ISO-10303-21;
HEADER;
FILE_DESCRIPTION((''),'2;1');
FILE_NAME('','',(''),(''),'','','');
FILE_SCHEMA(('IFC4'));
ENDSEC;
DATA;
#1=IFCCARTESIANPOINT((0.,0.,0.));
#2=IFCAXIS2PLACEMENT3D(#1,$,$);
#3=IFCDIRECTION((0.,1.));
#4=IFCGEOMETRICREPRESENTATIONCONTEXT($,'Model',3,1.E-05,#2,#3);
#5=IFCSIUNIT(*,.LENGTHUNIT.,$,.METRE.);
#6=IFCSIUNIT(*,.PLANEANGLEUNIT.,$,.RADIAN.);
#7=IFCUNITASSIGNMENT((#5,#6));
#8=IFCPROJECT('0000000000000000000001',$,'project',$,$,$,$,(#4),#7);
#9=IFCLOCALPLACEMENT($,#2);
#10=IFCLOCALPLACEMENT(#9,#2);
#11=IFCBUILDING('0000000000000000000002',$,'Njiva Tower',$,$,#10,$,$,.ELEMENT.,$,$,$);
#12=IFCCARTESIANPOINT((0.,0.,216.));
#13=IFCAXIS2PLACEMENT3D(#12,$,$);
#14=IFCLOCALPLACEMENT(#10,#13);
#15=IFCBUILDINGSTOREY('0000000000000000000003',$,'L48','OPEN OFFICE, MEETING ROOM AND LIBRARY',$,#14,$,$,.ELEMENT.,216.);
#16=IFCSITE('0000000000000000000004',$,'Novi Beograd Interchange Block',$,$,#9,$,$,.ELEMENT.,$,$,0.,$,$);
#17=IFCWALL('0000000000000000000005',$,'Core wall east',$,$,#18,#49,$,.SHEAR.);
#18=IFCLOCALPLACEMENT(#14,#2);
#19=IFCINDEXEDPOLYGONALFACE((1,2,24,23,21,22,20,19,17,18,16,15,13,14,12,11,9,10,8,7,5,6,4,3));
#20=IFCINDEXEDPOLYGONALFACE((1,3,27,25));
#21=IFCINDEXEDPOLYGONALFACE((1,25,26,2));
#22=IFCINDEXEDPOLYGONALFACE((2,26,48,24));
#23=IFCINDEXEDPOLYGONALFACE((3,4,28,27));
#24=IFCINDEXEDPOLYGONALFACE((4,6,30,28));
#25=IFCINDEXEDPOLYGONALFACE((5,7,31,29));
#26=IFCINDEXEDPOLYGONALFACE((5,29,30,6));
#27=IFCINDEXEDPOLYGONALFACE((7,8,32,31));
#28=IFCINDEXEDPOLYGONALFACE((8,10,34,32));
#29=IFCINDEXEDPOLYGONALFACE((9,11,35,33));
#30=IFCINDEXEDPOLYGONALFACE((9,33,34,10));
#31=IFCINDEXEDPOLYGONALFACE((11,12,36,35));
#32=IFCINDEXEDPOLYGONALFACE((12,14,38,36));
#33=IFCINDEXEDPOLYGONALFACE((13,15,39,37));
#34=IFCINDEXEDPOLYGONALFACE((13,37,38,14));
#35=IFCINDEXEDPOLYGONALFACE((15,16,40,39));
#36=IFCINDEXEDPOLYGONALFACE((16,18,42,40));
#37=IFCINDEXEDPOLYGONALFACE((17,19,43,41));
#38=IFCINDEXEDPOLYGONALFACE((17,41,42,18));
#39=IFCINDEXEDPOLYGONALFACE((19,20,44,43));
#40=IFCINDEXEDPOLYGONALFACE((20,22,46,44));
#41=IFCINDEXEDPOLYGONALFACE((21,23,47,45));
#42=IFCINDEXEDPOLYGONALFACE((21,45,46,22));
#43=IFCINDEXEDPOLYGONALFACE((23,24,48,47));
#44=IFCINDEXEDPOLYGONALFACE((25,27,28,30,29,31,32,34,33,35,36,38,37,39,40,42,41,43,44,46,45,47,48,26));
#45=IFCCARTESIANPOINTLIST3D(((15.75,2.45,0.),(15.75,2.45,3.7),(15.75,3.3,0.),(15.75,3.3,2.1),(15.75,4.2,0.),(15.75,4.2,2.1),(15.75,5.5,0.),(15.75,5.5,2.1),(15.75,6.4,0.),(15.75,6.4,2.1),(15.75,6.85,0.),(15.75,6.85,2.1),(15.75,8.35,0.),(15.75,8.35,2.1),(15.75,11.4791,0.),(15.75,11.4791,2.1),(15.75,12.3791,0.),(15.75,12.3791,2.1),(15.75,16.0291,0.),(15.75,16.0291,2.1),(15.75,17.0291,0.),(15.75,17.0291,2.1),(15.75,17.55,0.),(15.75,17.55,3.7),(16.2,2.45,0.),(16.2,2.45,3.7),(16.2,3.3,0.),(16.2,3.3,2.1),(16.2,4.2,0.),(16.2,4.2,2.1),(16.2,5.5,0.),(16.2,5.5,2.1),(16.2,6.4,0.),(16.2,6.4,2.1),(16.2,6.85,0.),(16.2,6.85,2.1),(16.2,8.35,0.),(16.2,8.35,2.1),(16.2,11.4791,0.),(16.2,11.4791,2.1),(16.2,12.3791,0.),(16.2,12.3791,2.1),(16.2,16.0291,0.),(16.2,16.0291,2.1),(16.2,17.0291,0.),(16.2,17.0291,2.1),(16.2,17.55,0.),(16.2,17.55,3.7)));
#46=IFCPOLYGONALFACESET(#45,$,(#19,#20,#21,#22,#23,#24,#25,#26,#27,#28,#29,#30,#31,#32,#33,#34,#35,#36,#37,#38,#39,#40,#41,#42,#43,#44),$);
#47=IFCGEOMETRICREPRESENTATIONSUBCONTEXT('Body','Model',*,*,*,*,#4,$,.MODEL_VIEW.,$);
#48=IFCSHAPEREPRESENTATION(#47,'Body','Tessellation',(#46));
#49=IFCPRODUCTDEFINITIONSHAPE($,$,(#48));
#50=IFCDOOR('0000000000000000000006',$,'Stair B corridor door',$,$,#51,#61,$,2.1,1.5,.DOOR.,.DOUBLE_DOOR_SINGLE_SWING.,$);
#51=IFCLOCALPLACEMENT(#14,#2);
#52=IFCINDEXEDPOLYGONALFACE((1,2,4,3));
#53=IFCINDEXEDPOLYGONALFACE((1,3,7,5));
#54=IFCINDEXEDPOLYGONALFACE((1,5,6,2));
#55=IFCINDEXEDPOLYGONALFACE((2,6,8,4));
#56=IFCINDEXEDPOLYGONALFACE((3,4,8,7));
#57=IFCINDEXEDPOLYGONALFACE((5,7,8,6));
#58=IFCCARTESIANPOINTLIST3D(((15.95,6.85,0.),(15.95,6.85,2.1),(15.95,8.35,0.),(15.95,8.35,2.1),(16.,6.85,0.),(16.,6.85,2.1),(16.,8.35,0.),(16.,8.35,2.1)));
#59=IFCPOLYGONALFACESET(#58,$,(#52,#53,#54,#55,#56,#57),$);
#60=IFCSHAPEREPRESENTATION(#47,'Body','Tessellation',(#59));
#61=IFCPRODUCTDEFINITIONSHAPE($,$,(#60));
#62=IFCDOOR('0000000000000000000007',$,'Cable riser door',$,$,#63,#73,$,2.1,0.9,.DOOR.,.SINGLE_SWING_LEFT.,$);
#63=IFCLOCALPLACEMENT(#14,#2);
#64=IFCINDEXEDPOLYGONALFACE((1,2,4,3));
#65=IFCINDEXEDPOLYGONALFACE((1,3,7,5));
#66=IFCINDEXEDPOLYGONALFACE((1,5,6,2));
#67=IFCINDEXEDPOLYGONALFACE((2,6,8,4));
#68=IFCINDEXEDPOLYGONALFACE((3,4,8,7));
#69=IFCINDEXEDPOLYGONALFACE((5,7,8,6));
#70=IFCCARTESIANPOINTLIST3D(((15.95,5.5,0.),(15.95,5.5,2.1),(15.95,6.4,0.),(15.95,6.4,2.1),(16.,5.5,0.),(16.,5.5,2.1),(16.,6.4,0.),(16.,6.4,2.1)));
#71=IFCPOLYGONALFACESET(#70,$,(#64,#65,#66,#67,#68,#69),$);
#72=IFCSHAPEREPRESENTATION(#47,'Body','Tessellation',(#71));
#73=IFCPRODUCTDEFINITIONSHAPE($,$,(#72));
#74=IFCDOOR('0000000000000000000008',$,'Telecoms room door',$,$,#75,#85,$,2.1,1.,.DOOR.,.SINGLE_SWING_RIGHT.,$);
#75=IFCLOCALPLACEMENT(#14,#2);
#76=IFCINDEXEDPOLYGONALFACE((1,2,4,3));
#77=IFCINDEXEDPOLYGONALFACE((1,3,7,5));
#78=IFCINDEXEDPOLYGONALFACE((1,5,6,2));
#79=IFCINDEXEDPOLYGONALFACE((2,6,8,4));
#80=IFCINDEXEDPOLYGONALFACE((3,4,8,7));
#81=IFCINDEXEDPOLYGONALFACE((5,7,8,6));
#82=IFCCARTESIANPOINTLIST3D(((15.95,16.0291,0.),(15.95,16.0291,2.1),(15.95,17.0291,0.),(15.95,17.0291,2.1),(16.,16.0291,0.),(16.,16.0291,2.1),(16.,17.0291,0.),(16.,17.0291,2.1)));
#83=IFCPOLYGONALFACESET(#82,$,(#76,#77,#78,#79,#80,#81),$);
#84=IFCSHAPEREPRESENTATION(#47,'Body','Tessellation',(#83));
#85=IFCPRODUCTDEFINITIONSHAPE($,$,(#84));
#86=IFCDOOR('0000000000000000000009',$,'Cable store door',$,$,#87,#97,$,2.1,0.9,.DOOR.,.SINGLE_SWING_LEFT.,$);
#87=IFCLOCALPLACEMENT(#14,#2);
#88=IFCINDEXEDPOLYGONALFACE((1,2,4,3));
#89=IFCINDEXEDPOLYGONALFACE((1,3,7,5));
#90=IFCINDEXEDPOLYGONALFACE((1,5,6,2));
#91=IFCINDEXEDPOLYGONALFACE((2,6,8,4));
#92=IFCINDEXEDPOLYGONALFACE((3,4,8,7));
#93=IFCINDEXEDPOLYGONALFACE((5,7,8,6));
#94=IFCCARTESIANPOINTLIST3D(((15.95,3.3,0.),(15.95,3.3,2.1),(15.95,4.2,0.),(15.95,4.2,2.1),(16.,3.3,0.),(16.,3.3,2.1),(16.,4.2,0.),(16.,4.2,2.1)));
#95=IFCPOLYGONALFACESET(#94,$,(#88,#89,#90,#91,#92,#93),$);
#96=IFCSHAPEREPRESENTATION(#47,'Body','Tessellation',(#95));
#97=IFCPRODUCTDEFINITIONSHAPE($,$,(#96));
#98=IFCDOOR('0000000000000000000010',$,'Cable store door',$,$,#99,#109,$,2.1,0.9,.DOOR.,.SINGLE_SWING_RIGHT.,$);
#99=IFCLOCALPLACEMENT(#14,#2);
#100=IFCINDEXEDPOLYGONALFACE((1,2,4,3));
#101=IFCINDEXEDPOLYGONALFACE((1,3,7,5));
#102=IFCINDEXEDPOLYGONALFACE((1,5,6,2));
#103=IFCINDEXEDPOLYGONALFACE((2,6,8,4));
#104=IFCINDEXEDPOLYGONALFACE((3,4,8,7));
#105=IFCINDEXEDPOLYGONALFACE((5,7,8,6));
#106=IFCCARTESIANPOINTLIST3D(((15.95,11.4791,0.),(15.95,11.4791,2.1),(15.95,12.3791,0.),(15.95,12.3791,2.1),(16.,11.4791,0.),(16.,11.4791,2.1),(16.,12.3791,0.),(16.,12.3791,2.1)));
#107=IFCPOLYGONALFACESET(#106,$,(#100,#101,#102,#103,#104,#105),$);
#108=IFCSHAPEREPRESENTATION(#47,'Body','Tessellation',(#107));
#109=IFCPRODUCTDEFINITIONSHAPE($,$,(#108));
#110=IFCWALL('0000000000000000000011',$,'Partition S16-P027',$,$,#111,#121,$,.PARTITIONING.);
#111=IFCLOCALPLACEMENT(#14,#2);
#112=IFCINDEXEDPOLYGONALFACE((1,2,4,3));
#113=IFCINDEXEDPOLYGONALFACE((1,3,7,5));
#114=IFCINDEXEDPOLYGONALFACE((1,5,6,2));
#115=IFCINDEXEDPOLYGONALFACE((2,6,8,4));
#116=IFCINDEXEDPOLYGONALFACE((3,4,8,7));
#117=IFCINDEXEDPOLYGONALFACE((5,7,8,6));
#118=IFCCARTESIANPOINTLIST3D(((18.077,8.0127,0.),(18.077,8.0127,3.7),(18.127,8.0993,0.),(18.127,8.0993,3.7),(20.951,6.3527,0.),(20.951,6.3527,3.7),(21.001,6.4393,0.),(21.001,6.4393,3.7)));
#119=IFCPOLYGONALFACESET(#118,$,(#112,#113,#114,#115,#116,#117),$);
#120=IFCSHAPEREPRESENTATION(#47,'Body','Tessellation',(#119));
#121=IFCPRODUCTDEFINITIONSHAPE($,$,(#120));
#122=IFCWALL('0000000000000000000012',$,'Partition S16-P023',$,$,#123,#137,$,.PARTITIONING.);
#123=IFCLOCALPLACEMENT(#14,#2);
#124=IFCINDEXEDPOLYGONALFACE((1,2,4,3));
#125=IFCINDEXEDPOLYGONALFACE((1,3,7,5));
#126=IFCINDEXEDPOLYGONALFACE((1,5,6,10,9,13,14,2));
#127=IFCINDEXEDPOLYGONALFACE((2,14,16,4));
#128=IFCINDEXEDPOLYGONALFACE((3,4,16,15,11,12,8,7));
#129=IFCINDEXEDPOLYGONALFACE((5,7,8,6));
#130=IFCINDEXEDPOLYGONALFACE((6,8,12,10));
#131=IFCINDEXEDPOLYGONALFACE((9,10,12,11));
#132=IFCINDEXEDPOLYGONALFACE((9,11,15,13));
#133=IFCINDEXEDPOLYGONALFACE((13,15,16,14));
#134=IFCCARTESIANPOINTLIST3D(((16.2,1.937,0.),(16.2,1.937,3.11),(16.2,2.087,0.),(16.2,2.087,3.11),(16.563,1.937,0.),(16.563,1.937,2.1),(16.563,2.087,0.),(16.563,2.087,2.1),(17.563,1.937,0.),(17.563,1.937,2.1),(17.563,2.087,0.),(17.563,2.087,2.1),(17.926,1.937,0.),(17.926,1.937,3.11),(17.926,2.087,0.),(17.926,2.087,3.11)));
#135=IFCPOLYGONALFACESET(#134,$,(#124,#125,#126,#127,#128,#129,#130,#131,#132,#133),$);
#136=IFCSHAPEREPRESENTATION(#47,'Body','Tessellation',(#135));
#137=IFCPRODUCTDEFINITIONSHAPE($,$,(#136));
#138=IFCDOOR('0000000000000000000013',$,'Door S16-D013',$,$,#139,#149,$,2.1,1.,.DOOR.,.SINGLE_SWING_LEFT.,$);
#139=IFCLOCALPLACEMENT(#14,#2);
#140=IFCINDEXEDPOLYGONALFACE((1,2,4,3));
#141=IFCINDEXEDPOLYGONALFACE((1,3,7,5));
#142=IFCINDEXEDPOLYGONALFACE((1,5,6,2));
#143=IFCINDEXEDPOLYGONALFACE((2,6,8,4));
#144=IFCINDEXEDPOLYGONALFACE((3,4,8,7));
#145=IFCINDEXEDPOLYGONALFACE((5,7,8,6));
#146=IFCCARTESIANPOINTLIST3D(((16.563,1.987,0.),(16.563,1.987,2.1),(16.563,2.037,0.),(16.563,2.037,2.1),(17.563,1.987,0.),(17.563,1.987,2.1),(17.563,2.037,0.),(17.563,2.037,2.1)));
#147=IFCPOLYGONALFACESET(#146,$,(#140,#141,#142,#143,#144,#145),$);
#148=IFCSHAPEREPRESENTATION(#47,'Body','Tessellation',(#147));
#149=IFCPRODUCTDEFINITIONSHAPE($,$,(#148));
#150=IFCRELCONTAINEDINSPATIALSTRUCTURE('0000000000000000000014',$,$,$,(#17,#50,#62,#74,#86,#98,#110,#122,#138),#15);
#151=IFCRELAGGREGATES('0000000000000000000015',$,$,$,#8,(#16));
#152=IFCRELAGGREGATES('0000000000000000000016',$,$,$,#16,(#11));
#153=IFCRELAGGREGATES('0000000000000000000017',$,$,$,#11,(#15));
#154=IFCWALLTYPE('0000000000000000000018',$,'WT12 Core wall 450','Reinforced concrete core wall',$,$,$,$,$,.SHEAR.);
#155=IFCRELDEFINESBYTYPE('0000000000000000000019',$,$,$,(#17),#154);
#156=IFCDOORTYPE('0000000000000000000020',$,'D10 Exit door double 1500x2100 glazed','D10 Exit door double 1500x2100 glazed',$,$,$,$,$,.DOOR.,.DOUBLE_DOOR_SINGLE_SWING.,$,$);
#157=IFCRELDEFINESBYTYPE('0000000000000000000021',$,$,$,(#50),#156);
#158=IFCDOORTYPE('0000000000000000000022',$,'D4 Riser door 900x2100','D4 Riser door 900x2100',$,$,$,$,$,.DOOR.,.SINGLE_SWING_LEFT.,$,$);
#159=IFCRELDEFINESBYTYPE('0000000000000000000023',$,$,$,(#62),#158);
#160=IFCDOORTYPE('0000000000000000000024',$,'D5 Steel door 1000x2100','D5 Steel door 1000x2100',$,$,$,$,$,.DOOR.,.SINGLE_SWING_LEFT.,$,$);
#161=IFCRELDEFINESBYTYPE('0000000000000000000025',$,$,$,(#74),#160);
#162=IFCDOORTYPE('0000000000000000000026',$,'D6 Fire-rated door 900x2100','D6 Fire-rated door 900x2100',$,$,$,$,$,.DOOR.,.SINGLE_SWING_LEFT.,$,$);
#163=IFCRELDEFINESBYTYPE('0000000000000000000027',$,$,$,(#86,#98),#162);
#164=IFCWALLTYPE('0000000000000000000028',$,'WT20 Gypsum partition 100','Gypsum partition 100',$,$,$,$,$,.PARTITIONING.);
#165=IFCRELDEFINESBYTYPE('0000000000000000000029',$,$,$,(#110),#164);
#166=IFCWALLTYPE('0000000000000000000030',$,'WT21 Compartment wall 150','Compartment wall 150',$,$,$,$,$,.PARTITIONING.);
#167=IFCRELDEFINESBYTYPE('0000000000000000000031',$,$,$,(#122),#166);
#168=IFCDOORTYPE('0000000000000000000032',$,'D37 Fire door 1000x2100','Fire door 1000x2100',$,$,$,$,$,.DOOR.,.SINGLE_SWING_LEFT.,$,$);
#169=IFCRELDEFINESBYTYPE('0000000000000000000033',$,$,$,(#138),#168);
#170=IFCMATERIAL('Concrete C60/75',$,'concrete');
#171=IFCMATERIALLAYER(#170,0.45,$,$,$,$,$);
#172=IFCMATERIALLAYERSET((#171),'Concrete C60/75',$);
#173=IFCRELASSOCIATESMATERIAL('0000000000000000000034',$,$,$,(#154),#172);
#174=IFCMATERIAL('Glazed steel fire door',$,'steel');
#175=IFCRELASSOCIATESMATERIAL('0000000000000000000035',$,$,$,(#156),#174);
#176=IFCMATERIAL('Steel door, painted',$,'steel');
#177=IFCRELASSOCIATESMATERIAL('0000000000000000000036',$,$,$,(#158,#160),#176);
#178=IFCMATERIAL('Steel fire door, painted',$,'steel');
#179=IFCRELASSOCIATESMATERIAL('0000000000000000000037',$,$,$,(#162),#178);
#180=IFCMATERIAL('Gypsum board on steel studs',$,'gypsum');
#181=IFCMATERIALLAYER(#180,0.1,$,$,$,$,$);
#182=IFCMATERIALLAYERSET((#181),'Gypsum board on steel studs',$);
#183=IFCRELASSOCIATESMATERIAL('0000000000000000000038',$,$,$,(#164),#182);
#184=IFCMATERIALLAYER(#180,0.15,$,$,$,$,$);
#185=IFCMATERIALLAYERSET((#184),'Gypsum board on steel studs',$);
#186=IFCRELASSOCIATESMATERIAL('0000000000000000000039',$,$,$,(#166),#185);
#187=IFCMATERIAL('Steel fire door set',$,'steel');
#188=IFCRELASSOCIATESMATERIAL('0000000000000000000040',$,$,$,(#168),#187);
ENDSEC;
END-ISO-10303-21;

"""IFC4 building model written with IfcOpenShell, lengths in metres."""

from ifc_helpers import new_model, si_unit, direction, frame, frame_2d, origin, place, context, subcontext, project, spatial, rectangle, extrude, material, layer, layer_set, type_object, element, fill, save


model = new_model("IFC4")

# Units and contexts
model_context = context("Model", 3, precision=1e-05, world=origin(), true_north=direction((0.0, 1.0)))
body_context = subcontext(model_context, "Body", "Model", "MODEL_VIEW")
ifc_project = project(units=[si_unit("LENGTHUNIT", "METRE"), si_unit("PLANEANGLEUNIT", "RADIAN")], contexts=[model_context])

# Site, building, storey
site_placement = place(None, origin())
site = spatial("IfcSite", under=ifc_project, at=site_placement, Name="Novi Beograd Interchange Block", CompositionType="ELEMENT", RefElevation=0.0)
building_placement = place(site_placement, origin())
building = spatial("IfcBuilding", under=site, at=building_placement, Name="Njiva Tower", CompositionType="ELEMENT")
storey_placement = place(building_placement, frame((0.0, 0.0, 216.0)))
storey = spatial("IfcBuildingStorey", under=building, at=storey_placement, Name="L48", Description="OPEN OFFICE, MEETING ROOM AND LIBRARY", CompositionType="ELEMENT", Elevation=216.0)

# Wall, openings, doors
ifc_material_1 = material(Name="Concrete C60/75", Category="concrete")
ifc_layer_1 = layer(ifc_material_1, 0.45)
ifc_layer_set_1 = layer_set([ifc_layer_1], Name="Concrete C60/75")
wall_type_1 = type_object("IfcWallType", Name="WT12 Core wall 450", Description="Reinforced concrete core wall", PredefinedType="SHEAR", material=ifc_layer_set_1)
wall_1_placement = place(storey_placement, frame((15.975, 2.45, 0.0), z_axis=(0.0, 0.0, 1.0), x_axis=(0.0, 1.0, 0.0)))
wall_1 = element("IfcWall", 1, at=wall_1_placement, inside=storey, type_object=wall_type_1, Name="Core wall east", PredefinedType="SHEAR", context=body_context, shape_type="SweptSolid", body=[
    extrude(rectangle(XDim=15.1, YDim=0.45, at=frame_2d((7.55, 0.0))), origin(), (0.0, 0.0, 1.0), 3.7),
])
opening_1_placement = place(wall_1_placement, frame((4.4, 0.0, 0.0)))
opening_1 = element("IfcOpeningElement", 2, at=opening_1_placement, cuts=wall_1, PredefinedType="OPENING", context=body_context, shape_type="SweptSolid", body=[
    extrude(rectangle(XDim=1.5, YDim=2.1, at=frame_2d((0.75, 1.05))), frame((0.0, 0.235, 0.0), z_axis=(0.0, -1.0, 0.0), x_axis=(1.0, 0.0, 0.0)), (0.0, 0.0, 1.0), 0.47),
])
opening_2_placement = place(wall_1_placement, frame((0.85, 0.0, 0.0)))
opening_2 = element("IfcOpeningElement", 3, at=opening_2_placement, cuts=wall_1, PredefinedType="OPENING", context=body_context, shape_type="SweptSolid", body=[
    extrude(rectangle(XDim=0.9, YDim=2.1, at=frame_2d((0.45, 1.05))), frame((0.0, 0.235, 0.0), z_axis=(0.0, -1.0, 0.0), x_axis=(1.0, 0.0, 0.0)), (0.0, 0.0, 1.0), 0.47),
])
opening_3_placement = place(wall_1_placement, frame((3.05, 0.0, 0.0)))
opening_3 = element("IfcOpeningElement", 4, at=opening_3_placement, cuts=wall_1, PredefinedType="OPENING", context=body_context, shape_type="SweptSolid", body=[
    extrude(rectangle(XDim=0.9, YDim=2.1, at=frame_2d((0.45, 1.05))), frame((0.0, 0.235, 0.0), z_axis=(0.0, -1.0, 0.0), x_axis=(1.0, 0.0, 0.0)), (0.0, 0.0, 1.0), 0.47),
])
opening_4_placement = place(wall_1_placement, frame((9.0291, 0.0, 0.0)))
opening_4 = element("IfcOpeningElement", 5, at=opening_4_placement, cuts=wall_1, PredefinedType="OPENING", context=body_context, shape_type="SweptSolid", body=[
    extrude(rectangle(XDim=0.9, YDim=2.1, at=frame_2d((0.45, 1.05))), frame((0.0, 0.235, 0.0), z_axis=(0.0, -1.0, 0.0), x_axis=(1.0, 0.0, 0.0)), (0.0, 0.0, 1.0), 0.47),
])
opening_5_placement = place(wall_1_placement, frame((13.5791, 0.0, 0.0)))
opening_5 = element("IfcOpeningElement", 6, at=opening_5_placement, cuts=wall_1, PredefinedType="OPENING", context=body_context, shape_type="SweptSolid", body=[
    extrude(rectangle(XDim=1.0, YDim=2.1, at=frame_2d((0.5, 1.05))), frame((0.0, 0.235, 0.0), z_axis=(0.0, -1.0, 0.0), x_axis=(1.0, 0.0, 0.0)), (0.0, 0.0, 1.0), 0.47),
])
ifc_material_2 = material(Name="Glazed steel fire door", Category="steel")
door_type_1 = type_object("IfcDoorType", Name="D10 Exit door double 1500x2100 glazed", Description="D10 Exit door double 1500x2100 glazed", OperationType="DOUBLE_DOOR_SINGLE_SWING", PredefinedType="DOOR", material=ifc_material_2)
door_1_placement = place(opening_1_placement, origin())
door_1 = element("IfcDoor", 7, at=door_1_placement, inside=storey, type_object=door_type_1, Name="Stair B corridor door", OperationType="DOUBLE_DOOR_SINGLE_SWING", OverallHeight=2.1, OverallWidth=1.5, PredefinedType="DOOR", context=body_context, shape_type="SweptSolid", body=[
    extrude(rectangle(XDim=1.5, YDim=2.1, at=frame_2d((0.75, 1.05))), frame((0.0, 0.025, 0.0), z_axis=(0.0, -1.0, 0.0), x_axis=(1.0, 0.0, 0.0)), (0.0, 0.0, 1.0), 0.05),
])
fill(opening_1, door_1)
ifc_material_3 = material(Name="Steel door, painted", Category="steel")
door_type_2 = type_object("IfcDoorType", Name="D4 Riser door 900x2100", Description="D4 Riser door 900x2100", OperationType="SINGLE_SWING_LEFT", PredefinedType="DOOR", material=ifc_material_3)
door_2_placement = place(opening_3_placement, origin())
door_2 = element("IfcDoor", 8, at=door_2_placement, inside=storey, type_object=door_type_2, Name="Cable riser door", OperationType="SINGLE_SWING_LEFT", OverallHeight=2.1, OverallWidth=0.9, PredefinedType="DOOR", context=body_context, shape_type="SweptSolid", body=[
    extrude(rectangle(XDim=0.9, YDim=2.1, at=frame_2d((0.45, 1.05))), frame((0.0, 0.025, 0.0), z_axis=(0.0, -1.0, 0.0), x_axis=(1.0, 0.0, 0.0)), (0.0, 0.0, 1.0), 0.05),
])
fill(opening_3, door_2)
door_type_3 = type_object("IfcDoorType", Name="D5 Steel door 1000x2100", Description="D5 Steel door 1000x2100", OperationType="SINGLE_SWING_LEFT", PredefinedType="DOOR", material=ifc_material_3)
door_3_placement = place(opening_5_placement, origin())
door_3 = element("IfcDoor", 9, at=door_3_placement, inside=storey, type_object=door_type_3, Name="Telecoms room door", OperationType="SINGLE_SWING_RIGHT", OverallHeight=2.1, OverallWidth=1.0, PredefinedType="DOOR", context=body_context, shape_type="SweptSolid", body=[
    extrude(rectangle(XDim=1.0, YDim=2.1, at=frame_2d((0.5, 1.05))), frame((0.0, 0.025, 0.0), z_axis=(0.0, -1.0, 0.0), x_axis=(1.0, 0.0, 0.0)), (0.0, 0.0, 1.0), 0.05),
])
fill(opening_5, door_3)
ifc_material_4 = material(Name="Steel fire door, painted", Category="steel")
door_type_4 = type_object("IfcDoorType", Name="D6 Fire-rated door 900x2100", Description="D6 Fire-rated door 900x2100", OperationType="SINGLE_SWING_LEFT", PredefinedType="DOOR", material=ifc_material_4)
door_4_placement = place(opening_2_placement, origin())
door_4 = element("IfcDoor", 10, at=door_4_placement, inside=storey, type_object=door_type_4, Name="Cable store door", OperationType="SINGLE_SWING_LEFT", OverallHeight=2.1, OverallWidth=0.9, PredefinedType="DOOR", context=body_context, shape_type="SweptSolid", body=[
    extrude(rectangle(XDim=0.9, YDim=2.1, at=frame_2d((0.45, 1.05))), frame((0.0, 0.025, 0.0), z_axis=(0.0, -1.0, 0.0), x_axis=(1.0, 0.0, 0.0)), (0.0, 0.0, 1.0), 0.05),
])
fill(opening_2, door_4)
door_5_placement = place(opening_4_placement, origin())
door_5 = element("IfcDoor", 11, at=door_5_placement, inside=storey, type_object=door_type_4, Name="Cable store door", OperationType="SINGLE_SWING_RIGHT", OverallHeight=2.1, OverallWidth=0.9, PredefinedType="DOOR", context=body_context, shape_type="SweptSolid", body=[
    extrude(rectangle(XDim=0.9, YDim=2.1, at=frame_2d((0.45, 1.05))), frame((0.0, 0.025, 0.0), z_axis=(0.0, -1.0, 0.0), x_axis=(1.0, 0.0, 0.0)), (0.0, 0.0, 1.0), 0.05),
])
fill(opening_4, door_5)

# Wall
ifc_material_5 = material(Name="Gypsum board on steel studs", Category="gypsum")
ifc_layer_2 = layer(ifc_material_5, 0.1)
ifc_layer_set_2 = layer_set([ifc_layer_2], Name="Gypsum board on steel studs")
wall_type_2 = type_object("IfcWallType", Name="WT20 Gypsum partition 100", Description="Gypsum partition 100", PredefinedType="PARTITIONING", material=ifc_layer_set_2)
wall_2_placement = place(storey_placement, frame((18.102, 8.056, 0.0), z_axis=(0.0, 0.0, 1.0), x_axis=(0.865935, -0.500157, 0.0)))
element("IfcWall", 12, at=wall_2_placement, inside=storey, type_object=wall_type_2, Name="Partition S16-P027", PredefinedType="PARTITIONING", context=body_context, shape_type="SweptSolid", body=[
    extrude(rectangle(XDim=3.319, YDim=0.1, at=frame_2d((1.6595, 0.0))), origin(), (0.0, 0.0, 1.0), 3.7),
])

# Wall, opening, door
ifc_layer_3 = layer(ifc_material_5, 0.15)
ifc_layer_set_3 = layer_set([ifc_layer_3], Name="Gypsum board on steel studs")
wall_type_3 = type_object("IfcWallType", Name="WT21 Compartment wall 150", Description="Compartment wall 150", PredefinedType="PARTITIONING", material=ifc_layer_set_3)
wall_3_placement = place(storey_placement, frame((16.2, 2.012, 0.0), z_axis=(0.0, 0.0, 1.0), x_axis=(1.0, 0.0, 0.0)))
wall_3 = element("IfcWall", 13, at=wall_3_placement, inside=storey, type_object=wall_type_3, Name="Partition S16-P023", PredefinedType="PARTITIONING", context=body_context, shape_type="SweptSolid", body=[
    extrude(rectangle(XDim=1.726, YDim=0.15, at=frame_2d((0.863, 0.0))), origin(), (0.0, 0.0, 1.0), 3.11),
])
opening_6_placement = place(wall_3_placement, frame((0.363, 0.0, 0.0)))
opening_6 = element("IfcOpeningElement", 14, at=opening_6_placement, cuts=wall_3, PredefinedType="OPENING", context=body_context, shape_type="SweptSolid", body=[
    extrude(rectangle(XDim=1.0, YDim=2.1, at=frame_2d((0.5, 1.05))), frame((0.0, 0.085, 0.0), z_axis=(0.0, -1.0, 0.0), x_axis=(1.0, 0.0, 0.0)), (0.0, 0.0, 1.0), 0.17),
])
ifc_material_6 = material(Name="Steel fire door set", Category="steel")
door_type_5 = type_object("IfcDoorType", Name="D37 Fire door 1000x2100", Description="Fire door 1000x2100", OperationType="SINGLE_SWING_LEFT", PredefinedType="DOOR", material=ifc_material_6)
door_6_placement = place(opening_6_placement, origin())
door_6 = element("IfcDoor", 15, at=door_6_placement, inside=storey, type_object=door_type_5, Name="Door S16-D013", OperationType="SINGLE_SWING_LEFT", OverallHeight=2.1, OverallWidth=1.0, PredefinedType="DOOR", context=body_context, shape_type="SweptSolid", body=[
    extrude(rectangle(XDim=1.0, YDim=2.1, at=frame_2d((0.5, 1.05))), frame((0.0, 0.025, 0.0), z_axis=(0.0, -1.0, 0.0), x_axis=(1.0, 0.0, 0.0)), (0.0, 0.0, 1.0), 0.05),
])
fill(opening_6, door_6)

save(model, "model.ifc")
